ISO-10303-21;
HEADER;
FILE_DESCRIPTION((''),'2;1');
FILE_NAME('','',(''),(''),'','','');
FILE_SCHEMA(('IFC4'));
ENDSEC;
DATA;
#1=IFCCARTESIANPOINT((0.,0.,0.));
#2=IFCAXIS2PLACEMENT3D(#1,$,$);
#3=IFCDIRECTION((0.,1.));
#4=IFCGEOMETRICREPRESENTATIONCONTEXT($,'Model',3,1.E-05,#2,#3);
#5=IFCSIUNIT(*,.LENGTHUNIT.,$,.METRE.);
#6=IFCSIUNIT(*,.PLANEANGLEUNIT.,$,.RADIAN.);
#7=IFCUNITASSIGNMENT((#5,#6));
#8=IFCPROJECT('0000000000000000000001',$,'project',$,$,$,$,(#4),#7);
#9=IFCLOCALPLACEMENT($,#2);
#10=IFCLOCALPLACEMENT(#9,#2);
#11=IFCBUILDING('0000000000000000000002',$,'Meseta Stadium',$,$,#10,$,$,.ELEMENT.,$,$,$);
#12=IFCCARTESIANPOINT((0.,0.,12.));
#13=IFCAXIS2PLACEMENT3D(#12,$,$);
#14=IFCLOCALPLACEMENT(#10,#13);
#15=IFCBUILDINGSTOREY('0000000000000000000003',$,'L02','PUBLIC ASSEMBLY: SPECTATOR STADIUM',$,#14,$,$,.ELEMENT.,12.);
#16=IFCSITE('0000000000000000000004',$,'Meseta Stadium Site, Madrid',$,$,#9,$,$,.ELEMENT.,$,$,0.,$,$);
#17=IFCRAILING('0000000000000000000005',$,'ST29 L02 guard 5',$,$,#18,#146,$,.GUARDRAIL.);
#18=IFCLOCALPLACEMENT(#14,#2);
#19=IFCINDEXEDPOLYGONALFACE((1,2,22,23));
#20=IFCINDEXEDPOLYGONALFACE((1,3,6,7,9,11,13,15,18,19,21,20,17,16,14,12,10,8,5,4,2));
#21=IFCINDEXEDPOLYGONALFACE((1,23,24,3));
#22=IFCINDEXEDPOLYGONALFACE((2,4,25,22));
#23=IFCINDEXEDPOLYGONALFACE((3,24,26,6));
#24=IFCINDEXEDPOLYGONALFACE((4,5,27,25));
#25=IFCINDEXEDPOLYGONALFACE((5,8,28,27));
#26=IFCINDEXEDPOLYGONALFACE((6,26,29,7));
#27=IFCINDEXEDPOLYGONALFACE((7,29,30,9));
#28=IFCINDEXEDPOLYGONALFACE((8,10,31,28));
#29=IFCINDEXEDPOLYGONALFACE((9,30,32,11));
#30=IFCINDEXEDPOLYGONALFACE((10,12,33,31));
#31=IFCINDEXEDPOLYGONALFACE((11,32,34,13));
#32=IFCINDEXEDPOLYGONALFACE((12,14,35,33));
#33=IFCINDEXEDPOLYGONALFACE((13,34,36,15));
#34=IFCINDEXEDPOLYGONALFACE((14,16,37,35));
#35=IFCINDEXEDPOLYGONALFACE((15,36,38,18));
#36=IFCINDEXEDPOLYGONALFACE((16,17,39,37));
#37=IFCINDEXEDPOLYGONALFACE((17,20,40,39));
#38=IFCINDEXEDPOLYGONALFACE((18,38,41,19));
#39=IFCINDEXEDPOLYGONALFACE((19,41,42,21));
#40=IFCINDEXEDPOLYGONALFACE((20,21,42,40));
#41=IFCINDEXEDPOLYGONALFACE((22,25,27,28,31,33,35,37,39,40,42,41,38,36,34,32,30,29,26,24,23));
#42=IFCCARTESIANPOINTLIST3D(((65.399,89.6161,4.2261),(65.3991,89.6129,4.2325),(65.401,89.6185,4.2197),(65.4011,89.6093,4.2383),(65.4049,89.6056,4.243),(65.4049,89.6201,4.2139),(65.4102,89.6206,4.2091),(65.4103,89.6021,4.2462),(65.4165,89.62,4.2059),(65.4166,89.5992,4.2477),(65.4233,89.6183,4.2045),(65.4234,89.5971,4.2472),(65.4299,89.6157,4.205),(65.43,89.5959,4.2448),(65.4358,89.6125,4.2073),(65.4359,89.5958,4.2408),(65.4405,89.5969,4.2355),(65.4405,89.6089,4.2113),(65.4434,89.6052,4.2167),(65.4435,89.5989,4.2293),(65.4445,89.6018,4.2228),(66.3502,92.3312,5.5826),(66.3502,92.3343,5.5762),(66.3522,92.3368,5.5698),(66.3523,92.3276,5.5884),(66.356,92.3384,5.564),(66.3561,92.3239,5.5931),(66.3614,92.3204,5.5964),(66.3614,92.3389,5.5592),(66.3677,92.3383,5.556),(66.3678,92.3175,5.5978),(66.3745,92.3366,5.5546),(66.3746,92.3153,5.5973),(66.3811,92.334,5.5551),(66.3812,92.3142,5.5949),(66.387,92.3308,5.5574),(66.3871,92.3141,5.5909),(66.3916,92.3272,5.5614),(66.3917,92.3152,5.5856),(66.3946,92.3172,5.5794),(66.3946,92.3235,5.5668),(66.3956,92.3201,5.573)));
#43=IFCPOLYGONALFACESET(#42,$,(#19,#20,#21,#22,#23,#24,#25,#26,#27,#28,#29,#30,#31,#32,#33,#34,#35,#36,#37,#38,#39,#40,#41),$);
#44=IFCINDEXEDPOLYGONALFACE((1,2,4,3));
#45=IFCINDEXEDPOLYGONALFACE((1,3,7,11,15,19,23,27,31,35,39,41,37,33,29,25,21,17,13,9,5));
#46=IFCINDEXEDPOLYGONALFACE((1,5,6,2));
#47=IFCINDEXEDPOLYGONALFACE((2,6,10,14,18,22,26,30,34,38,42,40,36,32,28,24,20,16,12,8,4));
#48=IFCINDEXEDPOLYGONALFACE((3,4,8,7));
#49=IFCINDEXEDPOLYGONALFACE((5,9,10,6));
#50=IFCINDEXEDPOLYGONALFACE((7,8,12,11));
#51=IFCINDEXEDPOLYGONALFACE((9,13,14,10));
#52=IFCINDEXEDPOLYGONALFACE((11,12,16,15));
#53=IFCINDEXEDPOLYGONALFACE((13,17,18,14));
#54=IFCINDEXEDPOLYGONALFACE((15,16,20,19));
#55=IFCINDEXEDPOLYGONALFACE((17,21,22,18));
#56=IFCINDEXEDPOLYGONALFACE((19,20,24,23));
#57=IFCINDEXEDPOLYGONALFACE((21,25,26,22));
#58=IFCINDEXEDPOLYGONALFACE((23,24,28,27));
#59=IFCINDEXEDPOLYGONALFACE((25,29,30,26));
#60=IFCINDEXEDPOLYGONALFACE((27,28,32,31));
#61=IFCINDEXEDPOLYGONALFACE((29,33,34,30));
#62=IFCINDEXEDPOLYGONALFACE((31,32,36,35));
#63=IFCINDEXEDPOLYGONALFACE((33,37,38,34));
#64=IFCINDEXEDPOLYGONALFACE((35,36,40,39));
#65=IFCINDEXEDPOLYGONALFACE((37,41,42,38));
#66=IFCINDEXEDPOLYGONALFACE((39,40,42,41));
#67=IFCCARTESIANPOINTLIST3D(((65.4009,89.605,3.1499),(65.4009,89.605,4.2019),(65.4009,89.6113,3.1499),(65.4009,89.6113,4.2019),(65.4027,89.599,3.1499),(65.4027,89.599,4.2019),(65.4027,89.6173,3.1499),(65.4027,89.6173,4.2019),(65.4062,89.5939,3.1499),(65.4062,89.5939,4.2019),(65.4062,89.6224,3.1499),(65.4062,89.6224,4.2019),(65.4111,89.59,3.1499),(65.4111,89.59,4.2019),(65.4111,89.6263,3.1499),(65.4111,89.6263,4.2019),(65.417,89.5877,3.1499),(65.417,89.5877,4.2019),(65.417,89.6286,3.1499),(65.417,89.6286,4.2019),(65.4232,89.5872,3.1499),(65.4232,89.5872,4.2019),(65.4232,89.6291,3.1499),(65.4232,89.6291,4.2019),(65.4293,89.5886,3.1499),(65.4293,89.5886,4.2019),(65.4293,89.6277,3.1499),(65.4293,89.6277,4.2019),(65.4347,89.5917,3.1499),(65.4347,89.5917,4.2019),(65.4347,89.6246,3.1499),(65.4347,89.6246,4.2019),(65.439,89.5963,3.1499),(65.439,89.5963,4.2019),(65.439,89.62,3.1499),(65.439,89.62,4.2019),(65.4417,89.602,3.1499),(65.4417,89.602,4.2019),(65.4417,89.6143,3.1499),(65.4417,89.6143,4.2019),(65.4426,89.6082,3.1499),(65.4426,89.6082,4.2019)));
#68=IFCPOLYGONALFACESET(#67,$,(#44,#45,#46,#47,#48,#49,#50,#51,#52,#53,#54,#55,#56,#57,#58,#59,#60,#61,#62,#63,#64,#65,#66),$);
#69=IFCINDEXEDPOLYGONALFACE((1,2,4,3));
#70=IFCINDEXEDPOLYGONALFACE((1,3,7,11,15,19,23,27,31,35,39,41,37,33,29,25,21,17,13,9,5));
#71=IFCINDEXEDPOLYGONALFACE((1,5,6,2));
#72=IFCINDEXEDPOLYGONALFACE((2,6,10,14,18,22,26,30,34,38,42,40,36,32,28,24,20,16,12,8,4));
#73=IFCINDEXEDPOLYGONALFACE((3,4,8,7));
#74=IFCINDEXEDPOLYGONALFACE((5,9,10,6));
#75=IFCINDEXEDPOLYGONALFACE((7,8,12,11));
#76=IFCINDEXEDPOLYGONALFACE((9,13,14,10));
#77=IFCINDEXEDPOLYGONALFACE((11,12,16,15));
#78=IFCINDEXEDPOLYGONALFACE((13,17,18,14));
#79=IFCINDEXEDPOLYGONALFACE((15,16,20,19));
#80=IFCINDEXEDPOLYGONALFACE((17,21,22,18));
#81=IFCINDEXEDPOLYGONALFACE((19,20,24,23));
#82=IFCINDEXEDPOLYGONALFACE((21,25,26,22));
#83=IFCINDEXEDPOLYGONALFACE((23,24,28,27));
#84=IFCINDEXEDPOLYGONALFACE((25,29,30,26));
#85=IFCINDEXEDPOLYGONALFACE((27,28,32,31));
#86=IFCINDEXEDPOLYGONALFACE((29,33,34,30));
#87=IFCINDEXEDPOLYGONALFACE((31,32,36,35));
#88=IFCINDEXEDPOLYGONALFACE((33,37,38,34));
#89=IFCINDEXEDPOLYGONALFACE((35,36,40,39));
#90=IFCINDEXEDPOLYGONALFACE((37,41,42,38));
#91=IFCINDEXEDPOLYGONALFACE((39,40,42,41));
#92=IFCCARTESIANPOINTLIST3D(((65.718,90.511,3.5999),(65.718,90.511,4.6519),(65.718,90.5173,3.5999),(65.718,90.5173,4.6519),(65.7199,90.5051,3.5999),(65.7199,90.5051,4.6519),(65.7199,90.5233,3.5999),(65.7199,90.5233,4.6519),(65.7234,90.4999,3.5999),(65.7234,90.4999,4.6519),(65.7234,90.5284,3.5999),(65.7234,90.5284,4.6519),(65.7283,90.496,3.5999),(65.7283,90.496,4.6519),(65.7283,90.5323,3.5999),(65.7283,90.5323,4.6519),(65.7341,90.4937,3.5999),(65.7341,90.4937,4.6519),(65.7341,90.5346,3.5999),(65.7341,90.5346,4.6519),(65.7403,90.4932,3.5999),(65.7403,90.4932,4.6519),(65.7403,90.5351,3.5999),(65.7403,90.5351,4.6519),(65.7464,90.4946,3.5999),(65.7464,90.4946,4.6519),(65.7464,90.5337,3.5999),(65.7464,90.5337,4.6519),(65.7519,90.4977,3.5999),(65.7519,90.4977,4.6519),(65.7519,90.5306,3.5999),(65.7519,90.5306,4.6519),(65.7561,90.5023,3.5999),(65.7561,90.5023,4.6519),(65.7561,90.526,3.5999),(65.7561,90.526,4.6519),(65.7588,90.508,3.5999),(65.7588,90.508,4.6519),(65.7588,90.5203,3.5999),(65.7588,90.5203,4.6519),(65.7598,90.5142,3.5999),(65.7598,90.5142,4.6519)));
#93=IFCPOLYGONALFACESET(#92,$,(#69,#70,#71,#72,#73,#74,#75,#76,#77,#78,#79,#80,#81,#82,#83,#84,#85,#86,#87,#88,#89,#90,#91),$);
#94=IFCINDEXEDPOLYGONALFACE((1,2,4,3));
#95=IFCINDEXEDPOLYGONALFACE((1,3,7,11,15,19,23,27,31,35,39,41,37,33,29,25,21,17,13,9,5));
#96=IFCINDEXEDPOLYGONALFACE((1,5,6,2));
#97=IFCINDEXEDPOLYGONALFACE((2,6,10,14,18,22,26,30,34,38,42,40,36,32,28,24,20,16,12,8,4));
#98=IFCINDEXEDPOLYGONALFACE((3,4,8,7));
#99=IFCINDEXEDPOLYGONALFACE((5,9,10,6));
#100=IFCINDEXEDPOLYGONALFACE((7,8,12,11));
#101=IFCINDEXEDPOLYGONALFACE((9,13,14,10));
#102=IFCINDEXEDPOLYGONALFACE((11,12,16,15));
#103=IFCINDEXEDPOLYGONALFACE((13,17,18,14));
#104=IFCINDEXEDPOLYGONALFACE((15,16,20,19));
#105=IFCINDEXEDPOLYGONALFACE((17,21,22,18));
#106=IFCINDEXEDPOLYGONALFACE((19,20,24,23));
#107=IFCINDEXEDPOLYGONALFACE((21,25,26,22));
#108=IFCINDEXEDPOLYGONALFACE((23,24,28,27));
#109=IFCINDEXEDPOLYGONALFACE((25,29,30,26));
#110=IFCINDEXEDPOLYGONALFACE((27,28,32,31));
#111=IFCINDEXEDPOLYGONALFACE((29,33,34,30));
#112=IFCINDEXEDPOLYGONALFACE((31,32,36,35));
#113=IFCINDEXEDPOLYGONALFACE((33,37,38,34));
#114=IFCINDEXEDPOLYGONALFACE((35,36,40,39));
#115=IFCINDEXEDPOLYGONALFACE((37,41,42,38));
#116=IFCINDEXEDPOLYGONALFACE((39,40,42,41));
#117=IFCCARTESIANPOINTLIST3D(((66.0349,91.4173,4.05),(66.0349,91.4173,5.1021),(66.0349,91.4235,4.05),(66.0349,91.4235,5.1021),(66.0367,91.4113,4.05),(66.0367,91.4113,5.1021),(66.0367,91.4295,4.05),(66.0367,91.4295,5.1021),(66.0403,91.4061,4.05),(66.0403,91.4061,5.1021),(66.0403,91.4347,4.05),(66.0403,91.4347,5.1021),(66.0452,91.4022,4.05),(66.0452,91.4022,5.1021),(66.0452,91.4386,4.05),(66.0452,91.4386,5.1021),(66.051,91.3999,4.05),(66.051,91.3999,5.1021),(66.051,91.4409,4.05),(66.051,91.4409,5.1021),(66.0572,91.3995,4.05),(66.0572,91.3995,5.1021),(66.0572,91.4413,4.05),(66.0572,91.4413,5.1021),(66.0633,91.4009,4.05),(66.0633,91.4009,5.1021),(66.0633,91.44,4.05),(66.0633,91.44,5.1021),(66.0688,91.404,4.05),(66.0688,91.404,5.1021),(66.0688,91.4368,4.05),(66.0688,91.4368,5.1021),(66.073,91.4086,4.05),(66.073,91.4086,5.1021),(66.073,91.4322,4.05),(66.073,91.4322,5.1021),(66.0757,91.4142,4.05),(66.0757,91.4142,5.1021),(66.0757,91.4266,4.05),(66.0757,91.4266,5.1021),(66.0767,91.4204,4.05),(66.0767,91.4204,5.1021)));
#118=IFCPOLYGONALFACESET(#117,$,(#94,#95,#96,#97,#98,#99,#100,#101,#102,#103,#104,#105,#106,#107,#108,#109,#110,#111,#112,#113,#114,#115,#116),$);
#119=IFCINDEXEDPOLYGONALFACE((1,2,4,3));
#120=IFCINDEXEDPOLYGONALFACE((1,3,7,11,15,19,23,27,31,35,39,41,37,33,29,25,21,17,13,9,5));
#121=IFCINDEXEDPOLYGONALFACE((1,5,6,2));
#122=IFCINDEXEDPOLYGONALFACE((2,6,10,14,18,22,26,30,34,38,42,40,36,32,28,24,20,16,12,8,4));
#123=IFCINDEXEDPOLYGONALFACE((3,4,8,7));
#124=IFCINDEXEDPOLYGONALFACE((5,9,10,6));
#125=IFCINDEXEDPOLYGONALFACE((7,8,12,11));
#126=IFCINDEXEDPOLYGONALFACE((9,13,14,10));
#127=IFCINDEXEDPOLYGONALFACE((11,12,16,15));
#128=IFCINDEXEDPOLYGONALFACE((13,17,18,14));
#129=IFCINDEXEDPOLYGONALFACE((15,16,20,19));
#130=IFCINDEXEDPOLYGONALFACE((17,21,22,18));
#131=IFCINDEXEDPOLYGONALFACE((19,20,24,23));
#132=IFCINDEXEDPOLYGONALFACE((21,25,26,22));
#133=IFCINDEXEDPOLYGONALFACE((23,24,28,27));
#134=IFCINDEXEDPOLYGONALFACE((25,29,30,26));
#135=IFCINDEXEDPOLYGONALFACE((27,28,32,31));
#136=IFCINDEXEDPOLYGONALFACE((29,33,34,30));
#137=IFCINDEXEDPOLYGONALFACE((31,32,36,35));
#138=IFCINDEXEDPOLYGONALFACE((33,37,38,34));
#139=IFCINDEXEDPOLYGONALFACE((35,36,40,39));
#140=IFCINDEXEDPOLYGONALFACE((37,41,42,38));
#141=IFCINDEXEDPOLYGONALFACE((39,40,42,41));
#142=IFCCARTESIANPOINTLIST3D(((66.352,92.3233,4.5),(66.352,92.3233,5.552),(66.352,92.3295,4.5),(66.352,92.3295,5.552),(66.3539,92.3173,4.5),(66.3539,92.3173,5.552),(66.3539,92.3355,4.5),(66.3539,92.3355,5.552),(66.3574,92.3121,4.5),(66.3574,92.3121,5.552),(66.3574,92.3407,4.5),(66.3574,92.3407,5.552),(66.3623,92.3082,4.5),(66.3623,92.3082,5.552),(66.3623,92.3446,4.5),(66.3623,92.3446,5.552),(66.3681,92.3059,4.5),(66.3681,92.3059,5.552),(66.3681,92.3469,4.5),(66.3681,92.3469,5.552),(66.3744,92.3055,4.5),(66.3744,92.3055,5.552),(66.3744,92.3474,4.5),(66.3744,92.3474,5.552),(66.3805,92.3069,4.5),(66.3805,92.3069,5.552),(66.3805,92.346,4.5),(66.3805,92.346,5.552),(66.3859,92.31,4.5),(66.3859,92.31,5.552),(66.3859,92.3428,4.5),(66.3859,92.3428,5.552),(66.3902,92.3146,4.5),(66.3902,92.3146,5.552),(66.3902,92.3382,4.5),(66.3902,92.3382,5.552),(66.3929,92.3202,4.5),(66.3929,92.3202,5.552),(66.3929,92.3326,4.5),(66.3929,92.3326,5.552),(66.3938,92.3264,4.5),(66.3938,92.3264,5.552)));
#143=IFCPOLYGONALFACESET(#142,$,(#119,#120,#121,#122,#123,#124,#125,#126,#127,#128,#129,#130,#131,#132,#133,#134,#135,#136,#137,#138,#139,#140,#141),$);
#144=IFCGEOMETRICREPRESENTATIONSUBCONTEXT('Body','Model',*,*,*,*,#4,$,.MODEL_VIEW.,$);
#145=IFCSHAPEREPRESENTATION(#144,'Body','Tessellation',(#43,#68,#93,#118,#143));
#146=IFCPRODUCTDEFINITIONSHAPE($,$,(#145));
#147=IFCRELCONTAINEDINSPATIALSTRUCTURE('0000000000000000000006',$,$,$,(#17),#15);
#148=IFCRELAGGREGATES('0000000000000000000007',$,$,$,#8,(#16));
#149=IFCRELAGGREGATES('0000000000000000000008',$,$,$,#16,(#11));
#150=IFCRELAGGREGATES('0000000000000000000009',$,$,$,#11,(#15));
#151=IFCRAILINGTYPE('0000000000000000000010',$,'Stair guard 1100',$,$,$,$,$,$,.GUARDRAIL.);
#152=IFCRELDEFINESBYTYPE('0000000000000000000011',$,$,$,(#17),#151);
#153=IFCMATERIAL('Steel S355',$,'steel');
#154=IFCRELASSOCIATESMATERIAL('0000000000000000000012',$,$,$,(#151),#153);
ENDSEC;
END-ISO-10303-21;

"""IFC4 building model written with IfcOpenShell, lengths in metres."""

from ifc_helpers import new_model, si_unit, direction, frame, origin, origin_2d, place, context, subcontext, project, spatial, circle, extrude, material, type_object, element, save


model = new_model("IFC4")

# Units and contexts
model_context = context("Model", 3, precision=1e-05, world=origin(), true_north=direction((0.0, 1.0)))
body_context = subcontext(model_context, "Body", "Model", "MODEL_VIEW")
ifc_project = project(units=[si_unit("LENGTHUNIT", "METRE"), si_unit("PLANEANGLEUNIT", "RADIAN")], contexts=[model_context])

# Site, building, storey
site_placement = place(None, origin())
site = spatial("IfcSite", under=ifc_project, at=site_placement, Name="Meseta Stadium Site, Madrid", CompositionType="ELEMENT", RefElevation=0.0)
building_placement = place(site_placement, origin())
building = spatial("IfcBuilding", under=site, at=building_placement, Name="Meseta Stadium", CompositionType="ELEMENT")
storey_placement = place(building_placement, frame((0.0, 0.0, 12.0)))
storey = spatial("IfcBuildingStorey", under=building, at=storey_placement, Name="L02", Description="PUBLIC ASSEMBLY: SPECTATOR STADIUM", CompositionType="ELEMENT", Elevation=12.0)

# Railing
ifc_material_1 = material(Name="Steel S355", Category="steel")
railing_type_1 = type_object("IfcRailingType", Name="Stair guard 1100", PredefinedType="GUARDRAIL", material=ifc_material_1)
railing_1_placement = place(storey_placement, frame((65.4216, 89.6082, 3.1499)))
element("IfcRailing", 1, at=railing_1_placement, inside=storey, type_object=railing_type_1, Name="ST29 L02 guard 5", PredefinedType="GUARDRAIL", context=body_context, shape_type="SweptSolid", body=[
    extrude(circle(Radius=0.0239, at=origin_2d()), frame((0.0, 0.0, 1.0762), z_axis=(0.299051, 0.854629, 0.424474), x_axis=(-0.943882, 0.330282, 0.0)), (0.0, 0.0, 1.0), 3.1807),
    extrude(circle(Radius=0.021, at=origin_2d()), origin(), (0.0, 0.0, 1.0), 1.052),
    extrude(circle(Radius=0.021, at=origin_2d()), frame((0.3171, 0.906, 0.45)), (0.0, 0.0, 1.0), 1.052),
    extrude(circle(Radius=0.021, at=origin_2d()), frame((0.634, 1.8123, 0.9001)), (0.0, 0.0, 1.0), 1.052),
    extrude(circle(Radius=0.021, at=origin_2d()), frame((0.9512, 2.7183, 1.3501)), (0.0, 0.0, 1.0), 1.052),
])

save(model, "model.ifc")
